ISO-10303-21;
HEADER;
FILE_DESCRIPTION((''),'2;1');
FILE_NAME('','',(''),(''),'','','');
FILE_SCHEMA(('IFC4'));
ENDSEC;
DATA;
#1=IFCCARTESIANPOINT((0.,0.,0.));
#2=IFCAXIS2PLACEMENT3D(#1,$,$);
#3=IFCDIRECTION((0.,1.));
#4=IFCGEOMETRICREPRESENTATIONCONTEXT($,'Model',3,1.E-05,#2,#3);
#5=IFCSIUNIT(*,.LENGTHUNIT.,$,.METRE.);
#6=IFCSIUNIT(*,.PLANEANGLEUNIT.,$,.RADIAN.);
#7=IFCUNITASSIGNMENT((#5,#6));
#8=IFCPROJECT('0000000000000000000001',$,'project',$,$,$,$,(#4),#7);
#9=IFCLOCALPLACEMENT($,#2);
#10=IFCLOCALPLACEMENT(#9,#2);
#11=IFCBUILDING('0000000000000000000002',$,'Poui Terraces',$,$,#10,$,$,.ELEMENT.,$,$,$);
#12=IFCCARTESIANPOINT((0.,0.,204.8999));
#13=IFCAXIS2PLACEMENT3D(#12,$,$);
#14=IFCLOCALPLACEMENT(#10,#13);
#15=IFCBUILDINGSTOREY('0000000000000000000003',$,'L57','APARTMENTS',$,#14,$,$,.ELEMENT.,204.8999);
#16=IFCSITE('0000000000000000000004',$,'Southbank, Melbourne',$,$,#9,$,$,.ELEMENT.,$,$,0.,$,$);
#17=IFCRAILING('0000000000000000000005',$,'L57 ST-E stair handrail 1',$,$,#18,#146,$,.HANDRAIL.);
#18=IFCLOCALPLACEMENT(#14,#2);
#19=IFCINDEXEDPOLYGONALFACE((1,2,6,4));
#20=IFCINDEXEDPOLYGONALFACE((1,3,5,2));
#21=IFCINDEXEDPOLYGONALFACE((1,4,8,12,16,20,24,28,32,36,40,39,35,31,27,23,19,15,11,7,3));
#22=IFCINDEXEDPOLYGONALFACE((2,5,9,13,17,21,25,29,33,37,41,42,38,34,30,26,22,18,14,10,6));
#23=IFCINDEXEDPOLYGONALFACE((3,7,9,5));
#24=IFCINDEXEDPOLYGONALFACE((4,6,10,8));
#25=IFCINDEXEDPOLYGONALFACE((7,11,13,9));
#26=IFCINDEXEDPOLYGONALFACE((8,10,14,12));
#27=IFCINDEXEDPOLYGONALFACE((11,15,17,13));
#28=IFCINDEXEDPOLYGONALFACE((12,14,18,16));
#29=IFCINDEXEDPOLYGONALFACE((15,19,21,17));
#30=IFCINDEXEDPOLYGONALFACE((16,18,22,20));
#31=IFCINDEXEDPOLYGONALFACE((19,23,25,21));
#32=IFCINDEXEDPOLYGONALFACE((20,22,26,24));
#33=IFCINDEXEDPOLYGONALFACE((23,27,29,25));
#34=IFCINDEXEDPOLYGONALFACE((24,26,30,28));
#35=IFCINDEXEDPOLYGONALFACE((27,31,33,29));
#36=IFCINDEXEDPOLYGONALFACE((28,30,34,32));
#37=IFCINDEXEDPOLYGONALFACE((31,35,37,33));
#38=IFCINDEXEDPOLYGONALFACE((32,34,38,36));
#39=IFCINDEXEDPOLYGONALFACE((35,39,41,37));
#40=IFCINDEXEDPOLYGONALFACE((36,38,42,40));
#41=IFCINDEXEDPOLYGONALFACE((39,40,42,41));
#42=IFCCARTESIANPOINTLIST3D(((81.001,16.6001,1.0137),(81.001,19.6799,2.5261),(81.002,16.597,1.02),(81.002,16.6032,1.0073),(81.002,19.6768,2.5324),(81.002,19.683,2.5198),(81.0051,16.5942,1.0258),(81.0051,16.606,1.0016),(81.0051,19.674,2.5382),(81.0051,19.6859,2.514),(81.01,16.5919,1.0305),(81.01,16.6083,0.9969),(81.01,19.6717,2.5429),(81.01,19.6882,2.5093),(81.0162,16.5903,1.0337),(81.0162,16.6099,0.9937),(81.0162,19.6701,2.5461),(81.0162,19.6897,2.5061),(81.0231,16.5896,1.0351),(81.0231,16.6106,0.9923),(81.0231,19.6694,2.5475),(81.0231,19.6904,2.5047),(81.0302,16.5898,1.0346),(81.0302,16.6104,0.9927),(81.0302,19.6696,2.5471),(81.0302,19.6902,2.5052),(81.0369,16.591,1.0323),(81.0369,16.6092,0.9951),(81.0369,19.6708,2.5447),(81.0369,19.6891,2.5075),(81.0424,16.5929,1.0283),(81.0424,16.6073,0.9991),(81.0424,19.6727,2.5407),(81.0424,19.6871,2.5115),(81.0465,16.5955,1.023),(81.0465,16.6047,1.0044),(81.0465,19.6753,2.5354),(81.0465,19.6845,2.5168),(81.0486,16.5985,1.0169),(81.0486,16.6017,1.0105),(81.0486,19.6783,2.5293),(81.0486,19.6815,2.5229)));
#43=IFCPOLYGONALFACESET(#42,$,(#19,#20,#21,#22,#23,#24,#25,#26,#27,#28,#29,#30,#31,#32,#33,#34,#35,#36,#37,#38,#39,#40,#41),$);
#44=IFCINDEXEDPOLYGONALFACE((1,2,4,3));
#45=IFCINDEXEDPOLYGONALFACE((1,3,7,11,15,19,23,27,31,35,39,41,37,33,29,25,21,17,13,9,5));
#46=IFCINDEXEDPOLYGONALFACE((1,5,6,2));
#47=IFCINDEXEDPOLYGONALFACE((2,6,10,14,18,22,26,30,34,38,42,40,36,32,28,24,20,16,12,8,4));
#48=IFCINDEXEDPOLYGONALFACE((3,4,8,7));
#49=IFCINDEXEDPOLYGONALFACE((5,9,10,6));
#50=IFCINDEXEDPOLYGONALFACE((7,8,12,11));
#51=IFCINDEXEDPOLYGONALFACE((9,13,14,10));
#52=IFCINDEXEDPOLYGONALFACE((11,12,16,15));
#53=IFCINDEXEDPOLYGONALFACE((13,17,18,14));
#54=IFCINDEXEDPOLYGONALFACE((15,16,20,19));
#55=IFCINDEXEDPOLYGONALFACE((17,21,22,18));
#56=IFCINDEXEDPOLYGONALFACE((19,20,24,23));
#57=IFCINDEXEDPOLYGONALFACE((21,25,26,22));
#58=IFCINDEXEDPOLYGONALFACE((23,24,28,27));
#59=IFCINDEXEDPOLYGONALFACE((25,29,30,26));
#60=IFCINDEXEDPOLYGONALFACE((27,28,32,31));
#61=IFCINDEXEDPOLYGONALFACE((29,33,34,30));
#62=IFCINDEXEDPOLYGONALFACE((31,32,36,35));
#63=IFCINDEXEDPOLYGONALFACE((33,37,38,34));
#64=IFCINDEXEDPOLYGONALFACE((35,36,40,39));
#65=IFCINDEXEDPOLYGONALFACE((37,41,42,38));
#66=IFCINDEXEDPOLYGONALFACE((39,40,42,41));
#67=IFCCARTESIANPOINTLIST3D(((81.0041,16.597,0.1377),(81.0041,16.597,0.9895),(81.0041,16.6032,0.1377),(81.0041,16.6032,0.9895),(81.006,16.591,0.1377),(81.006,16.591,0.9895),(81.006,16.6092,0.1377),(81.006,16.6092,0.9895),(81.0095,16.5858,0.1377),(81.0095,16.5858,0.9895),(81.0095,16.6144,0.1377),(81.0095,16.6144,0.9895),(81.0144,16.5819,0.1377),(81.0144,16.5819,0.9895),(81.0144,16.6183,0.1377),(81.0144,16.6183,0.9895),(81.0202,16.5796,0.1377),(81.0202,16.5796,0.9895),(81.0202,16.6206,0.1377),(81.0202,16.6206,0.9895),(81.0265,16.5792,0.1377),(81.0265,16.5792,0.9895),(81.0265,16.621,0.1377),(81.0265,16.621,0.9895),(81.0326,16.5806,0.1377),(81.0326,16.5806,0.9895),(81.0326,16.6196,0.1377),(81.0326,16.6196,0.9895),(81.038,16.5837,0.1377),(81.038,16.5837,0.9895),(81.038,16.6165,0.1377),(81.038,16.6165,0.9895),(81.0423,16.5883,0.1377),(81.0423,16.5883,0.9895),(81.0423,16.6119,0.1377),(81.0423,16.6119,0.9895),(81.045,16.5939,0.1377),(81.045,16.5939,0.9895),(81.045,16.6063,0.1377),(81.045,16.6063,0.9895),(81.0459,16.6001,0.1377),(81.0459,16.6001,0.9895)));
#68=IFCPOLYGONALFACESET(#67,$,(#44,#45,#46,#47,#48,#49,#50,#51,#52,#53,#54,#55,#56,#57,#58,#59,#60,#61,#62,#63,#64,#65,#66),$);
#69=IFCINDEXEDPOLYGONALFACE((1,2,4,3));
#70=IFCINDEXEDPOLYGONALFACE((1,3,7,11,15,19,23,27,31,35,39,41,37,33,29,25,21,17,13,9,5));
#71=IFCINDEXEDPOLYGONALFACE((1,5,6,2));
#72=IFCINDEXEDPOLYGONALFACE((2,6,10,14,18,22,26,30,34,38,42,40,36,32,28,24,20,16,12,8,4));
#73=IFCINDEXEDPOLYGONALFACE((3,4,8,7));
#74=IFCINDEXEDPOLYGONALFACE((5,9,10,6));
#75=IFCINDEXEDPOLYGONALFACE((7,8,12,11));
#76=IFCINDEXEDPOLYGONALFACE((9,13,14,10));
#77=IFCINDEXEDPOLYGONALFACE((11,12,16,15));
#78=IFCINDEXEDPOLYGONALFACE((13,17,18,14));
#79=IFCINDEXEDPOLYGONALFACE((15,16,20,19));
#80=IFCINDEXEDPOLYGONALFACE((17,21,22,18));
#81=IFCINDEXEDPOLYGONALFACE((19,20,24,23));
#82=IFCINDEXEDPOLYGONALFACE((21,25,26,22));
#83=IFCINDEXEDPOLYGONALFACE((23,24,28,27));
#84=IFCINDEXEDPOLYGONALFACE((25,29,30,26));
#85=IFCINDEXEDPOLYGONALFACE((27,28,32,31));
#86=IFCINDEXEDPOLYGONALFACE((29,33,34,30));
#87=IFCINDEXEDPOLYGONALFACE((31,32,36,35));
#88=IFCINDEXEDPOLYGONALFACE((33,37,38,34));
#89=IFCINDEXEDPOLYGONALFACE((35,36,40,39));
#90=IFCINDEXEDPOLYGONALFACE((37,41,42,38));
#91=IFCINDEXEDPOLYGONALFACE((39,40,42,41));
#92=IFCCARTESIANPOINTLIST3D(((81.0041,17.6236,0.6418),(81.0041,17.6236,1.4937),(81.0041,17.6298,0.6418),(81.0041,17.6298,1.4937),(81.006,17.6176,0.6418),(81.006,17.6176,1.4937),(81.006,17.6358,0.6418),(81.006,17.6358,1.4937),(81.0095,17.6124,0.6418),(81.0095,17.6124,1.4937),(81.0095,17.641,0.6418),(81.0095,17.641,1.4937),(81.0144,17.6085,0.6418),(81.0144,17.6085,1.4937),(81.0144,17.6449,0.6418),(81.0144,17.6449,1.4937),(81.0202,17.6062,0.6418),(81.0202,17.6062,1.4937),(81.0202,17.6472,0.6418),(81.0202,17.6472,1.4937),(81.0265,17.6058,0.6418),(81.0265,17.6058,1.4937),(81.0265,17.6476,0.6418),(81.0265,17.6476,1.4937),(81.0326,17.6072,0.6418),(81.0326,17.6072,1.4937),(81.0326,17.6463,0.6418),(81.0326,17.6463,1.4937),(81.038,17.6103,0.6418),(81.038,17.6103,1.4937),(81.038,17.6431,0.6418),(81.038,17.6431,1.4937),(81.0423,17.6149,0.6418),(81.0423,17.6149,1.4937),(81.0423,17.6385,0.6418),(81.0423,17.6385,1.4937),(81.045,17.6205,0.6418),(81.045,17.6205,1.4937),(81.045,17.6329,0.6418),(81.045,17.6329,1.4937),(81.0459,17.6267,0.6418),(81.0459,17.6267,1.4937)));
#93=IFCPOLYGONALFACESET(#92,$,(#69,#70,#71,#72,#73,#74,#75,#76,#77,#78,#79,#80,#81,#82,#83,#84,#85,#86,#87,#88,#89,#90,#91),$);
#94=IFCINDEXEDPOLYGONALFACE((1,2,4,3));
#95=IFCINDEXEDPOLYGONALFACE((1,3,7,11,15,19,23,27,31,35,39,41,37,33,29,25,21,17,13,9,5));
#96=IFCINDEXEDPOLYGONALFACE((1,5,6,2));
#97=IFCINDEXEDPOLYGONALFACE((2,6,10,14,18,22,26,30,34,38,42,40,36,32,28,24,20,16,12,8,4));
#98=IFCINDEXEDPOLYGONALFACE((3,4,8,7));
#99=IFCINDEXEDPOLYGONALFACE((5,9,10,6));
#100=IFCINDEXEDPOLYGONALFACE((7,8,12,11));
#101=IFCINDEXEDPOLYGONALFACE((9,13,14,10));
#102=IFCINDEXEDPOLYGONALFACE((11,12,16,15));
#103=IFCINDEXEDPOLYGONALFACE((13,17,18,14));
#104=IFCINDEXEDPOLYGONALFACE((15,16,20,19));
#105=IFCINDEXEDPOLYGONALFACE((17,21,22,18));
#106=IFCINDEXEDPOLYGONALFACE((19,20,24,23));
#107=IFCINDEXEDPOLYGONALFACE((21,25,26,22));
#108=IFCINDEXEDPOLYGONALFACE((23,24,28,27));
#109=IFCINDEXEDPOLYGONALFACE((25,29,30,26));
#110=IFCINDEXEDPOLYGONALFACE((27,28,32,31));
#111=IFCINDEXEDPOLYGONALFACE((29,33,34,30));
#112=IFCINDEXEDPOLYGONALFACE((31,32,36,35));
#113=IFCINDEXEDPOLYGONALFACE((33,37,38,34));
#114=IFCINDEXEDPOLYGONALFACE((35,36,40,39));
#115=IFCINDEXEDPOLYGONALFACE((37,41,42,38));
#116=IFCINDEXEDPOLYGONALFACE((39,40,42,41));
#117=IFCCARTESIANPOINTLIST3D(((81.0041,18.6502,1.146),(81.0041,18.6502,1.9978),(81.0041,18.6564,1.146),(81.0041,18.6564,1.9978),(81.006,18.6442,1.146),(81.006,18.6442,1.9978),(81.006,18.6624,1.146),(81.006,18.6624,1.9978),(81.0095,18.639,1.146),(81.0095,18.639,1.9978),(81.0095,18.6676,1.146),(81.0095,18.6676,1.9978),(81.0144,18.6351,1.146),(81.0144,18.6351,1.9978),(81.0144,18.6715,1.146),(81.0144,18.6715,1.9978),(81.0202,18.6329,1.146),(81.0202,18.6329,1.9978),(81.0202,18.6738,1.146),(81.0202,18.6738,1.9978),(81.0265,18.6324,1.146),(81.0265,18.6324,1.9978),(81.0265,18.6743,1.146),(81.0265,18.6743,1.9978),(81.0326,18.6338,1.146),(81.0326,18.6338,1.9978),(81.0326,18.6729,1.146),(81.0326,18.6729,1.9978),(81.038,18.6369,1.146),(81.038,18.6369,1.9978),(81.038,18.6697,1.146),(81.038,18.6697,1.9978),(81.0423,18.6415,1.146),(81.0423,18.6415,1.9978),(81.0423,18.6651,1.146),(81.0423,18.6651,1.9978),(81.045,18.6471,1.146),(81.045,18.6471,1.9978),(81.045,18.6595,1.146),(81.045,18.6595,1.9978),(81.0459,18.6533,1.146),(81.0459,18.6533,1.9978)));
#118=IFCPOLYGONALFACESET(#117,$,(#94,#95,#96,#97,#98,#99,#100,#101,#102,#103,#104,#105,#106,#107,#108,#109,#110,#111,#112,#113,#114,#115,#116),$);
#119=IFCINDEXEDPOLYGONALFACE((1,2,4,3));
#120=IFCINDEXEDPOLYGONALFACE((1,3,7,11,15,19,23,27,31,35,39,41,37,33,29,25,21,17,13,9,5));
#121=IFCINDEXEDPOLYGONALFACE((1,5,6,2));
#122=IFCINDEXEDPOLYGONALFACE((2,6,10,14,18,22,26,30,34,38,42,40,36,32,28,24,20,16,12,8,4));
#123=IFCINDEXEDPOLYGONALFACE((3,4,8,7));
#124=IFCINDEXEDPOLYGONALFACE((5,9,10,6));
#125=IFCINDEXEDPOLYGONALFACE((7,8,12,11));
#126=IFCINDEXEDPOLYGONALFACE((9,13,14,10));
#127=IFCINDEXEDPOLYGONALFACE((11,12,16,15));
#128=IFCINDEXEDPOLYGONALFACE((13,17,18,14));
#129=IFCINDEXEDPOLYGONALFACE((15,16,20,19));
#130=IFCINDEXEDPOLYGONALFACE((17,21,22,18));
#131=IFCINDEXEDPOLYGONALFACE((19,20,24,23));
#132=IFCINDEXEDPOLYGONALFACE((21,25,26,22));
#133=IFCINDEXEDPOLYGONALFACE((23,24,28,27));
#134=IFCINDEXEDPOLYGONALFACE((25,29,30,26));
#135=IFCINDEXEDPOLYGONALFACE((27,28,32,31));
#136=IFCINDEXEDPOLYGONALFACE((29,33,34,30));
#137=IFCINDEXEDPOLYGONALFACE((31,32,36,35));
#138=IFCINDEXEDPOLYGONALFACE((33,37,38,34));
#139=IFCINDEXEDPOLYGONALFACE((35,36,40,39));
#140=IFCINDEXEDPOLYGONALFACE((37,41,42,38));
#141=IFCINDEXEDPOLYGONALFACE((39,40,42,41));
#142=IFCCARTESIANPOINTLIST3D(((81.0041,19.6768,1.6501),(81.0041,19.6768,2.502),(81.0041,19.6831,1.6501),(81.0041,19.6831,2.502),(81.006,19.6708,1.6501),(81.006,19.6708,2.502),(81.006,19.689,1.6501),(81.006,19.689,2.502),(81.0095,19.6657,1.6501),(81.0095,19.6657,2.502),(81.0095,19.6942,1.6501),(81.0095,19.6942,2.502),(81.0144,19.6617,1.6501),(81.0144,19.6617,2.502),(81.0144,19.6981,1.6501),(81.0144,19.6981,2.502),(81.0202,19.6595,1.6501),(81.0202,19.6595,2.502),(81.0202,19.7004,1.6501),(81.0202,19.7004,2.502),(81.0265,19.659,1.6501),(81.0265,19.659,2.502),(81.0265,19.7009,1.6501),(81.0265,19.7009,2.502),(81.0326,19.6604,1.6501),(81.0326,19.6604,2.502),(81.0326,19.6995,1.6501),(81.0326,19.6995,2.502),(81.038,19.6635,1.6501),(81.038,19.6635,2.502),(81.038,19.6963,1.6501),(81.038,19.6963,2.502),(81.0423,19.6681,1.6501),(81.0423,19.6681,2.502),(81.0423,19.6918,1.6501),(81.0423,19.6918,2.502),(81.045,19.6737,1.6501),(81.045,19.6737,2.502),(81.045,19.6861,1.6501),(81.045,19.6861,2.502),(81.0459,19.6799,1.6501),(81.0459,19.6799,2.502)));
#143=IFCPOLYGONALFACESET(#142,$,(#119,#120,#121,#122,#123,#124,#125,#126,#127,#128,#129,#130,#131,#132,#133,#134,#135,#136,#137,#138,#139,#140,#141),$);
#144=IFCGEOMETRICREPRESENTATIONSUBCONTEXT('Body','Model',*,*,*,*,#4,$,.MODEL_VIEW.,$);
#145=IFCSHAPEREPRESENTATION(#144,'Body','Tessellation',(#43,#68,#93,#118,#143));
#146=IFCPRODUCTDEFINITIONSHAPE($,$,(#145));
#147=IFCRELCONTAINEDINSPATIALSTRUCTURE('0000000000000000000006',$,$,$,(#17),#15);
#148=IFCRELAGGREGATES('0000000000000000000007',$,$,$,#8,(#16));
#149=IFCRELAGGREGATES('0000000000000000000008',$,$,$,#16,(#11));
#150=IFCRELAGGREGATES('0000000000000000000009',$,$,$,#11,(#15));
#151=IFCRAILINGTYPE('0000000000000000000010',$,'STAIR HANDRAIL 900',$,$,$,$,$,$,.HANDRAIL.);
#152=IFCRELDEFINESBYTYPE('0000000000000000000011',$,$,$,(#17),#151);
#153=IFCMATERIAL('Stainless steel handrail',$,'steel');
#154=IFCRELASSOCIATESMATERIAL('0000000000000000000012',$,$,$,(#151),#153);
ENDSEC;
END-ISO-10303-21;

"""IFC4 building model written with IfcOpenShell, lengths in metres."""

from ifc_helpers import new_model, si_unit, direction, frame, origin, origin_2d, place, context, subcontext, project, spatial, circle, extrude, material, type_object, element, save


model = new_model("IFC4")

# Units and contexts
model_context = context("Model", 3, precision=1e-05, world=origin(), true_north=direction((0.0, 1.0)))
body_context = subcontext(model_context, "Body", "Model", "MODEL_VIEW")
ifc_project = project(units=[si_unit("LENGTHUNIT", "METRE"), si_unit("PLANEANGLEUNIT", "RADIAN")], contexts=[model_context])

# Site, building, storey
site_placement = place(None, origin())
site = spatial("IfcSite", under=ifc_project, at=site_placement, Name="Southbank, Melbourne", CompositionType="ELEMENT", RefElevation=0.0)
building_placement = place(site_placement, origin())
building = spatial("IfcBuilding", under=site, at=building_placement, Name="Poui Terraces", CompositionType="ELEMENT")
storey_placement = place(building_placement, frame((0.0, 0.0, 204.8999)))
storey = spatial("IfcBuildingStorey", under=building, at=storey_placement, Name="L57", Description="APARTMENTS", CompositionType="ELEMENT", Elevation=204.8999)

# Railing
ifc_material_1 = material(Name="Stainless steel handrail", Category="steel")
railing_type_1 = type_object("IfcRailingType", Name="STAIR HANDRAIL 900", PredefinedType="HANDRAIL", material=ifc_material_1)
railing_1_placement = place(storey_placement, frame((81.0249, 16.6001, 0.1377)))
element("IfcRailing", 1, at=railing_1_placement, inside=storey, type_object=railing_type_1, Name="L57 ST-E stair handrail 1", PredefinedType="HANDRAIL", context=body_context, shape_type="SweptSolid", body=[
    extrude(circle(Radius=0.0239, at=origin_2d()), frame((0.0, 0.0, 0.876), z_axis=(0.0, 0.897606, 0.440798), x_axis=(-1.0, 0.0, 0.0)), (0.0, 0.0, 1.0), 3.4312),
    extrude(circle(Radius=0.021, at=origin_2d()), origin(), (0.0, 0.0, 1.0), 0.8518),
    extrude(circle(Radius=0.021, at=origin_2d()), frame((0.0, 1.0266, 0.5042)), (0.0, 0.0, 1.0), 0.8518),
    extrude(circle(Radius=0.021, at=origin_2d()), frame((0.0, 2.0532, 1.0083)), (0.0, 0.0, 1.0), 0.8518),
    extrude(circle(Radius=0.021, at=origin_2d()), frame((0.0, 3.0798, 1.5125)), (0.0, 0.0, 1.0), 0.8518),
])

save(model, "model.ifc")
